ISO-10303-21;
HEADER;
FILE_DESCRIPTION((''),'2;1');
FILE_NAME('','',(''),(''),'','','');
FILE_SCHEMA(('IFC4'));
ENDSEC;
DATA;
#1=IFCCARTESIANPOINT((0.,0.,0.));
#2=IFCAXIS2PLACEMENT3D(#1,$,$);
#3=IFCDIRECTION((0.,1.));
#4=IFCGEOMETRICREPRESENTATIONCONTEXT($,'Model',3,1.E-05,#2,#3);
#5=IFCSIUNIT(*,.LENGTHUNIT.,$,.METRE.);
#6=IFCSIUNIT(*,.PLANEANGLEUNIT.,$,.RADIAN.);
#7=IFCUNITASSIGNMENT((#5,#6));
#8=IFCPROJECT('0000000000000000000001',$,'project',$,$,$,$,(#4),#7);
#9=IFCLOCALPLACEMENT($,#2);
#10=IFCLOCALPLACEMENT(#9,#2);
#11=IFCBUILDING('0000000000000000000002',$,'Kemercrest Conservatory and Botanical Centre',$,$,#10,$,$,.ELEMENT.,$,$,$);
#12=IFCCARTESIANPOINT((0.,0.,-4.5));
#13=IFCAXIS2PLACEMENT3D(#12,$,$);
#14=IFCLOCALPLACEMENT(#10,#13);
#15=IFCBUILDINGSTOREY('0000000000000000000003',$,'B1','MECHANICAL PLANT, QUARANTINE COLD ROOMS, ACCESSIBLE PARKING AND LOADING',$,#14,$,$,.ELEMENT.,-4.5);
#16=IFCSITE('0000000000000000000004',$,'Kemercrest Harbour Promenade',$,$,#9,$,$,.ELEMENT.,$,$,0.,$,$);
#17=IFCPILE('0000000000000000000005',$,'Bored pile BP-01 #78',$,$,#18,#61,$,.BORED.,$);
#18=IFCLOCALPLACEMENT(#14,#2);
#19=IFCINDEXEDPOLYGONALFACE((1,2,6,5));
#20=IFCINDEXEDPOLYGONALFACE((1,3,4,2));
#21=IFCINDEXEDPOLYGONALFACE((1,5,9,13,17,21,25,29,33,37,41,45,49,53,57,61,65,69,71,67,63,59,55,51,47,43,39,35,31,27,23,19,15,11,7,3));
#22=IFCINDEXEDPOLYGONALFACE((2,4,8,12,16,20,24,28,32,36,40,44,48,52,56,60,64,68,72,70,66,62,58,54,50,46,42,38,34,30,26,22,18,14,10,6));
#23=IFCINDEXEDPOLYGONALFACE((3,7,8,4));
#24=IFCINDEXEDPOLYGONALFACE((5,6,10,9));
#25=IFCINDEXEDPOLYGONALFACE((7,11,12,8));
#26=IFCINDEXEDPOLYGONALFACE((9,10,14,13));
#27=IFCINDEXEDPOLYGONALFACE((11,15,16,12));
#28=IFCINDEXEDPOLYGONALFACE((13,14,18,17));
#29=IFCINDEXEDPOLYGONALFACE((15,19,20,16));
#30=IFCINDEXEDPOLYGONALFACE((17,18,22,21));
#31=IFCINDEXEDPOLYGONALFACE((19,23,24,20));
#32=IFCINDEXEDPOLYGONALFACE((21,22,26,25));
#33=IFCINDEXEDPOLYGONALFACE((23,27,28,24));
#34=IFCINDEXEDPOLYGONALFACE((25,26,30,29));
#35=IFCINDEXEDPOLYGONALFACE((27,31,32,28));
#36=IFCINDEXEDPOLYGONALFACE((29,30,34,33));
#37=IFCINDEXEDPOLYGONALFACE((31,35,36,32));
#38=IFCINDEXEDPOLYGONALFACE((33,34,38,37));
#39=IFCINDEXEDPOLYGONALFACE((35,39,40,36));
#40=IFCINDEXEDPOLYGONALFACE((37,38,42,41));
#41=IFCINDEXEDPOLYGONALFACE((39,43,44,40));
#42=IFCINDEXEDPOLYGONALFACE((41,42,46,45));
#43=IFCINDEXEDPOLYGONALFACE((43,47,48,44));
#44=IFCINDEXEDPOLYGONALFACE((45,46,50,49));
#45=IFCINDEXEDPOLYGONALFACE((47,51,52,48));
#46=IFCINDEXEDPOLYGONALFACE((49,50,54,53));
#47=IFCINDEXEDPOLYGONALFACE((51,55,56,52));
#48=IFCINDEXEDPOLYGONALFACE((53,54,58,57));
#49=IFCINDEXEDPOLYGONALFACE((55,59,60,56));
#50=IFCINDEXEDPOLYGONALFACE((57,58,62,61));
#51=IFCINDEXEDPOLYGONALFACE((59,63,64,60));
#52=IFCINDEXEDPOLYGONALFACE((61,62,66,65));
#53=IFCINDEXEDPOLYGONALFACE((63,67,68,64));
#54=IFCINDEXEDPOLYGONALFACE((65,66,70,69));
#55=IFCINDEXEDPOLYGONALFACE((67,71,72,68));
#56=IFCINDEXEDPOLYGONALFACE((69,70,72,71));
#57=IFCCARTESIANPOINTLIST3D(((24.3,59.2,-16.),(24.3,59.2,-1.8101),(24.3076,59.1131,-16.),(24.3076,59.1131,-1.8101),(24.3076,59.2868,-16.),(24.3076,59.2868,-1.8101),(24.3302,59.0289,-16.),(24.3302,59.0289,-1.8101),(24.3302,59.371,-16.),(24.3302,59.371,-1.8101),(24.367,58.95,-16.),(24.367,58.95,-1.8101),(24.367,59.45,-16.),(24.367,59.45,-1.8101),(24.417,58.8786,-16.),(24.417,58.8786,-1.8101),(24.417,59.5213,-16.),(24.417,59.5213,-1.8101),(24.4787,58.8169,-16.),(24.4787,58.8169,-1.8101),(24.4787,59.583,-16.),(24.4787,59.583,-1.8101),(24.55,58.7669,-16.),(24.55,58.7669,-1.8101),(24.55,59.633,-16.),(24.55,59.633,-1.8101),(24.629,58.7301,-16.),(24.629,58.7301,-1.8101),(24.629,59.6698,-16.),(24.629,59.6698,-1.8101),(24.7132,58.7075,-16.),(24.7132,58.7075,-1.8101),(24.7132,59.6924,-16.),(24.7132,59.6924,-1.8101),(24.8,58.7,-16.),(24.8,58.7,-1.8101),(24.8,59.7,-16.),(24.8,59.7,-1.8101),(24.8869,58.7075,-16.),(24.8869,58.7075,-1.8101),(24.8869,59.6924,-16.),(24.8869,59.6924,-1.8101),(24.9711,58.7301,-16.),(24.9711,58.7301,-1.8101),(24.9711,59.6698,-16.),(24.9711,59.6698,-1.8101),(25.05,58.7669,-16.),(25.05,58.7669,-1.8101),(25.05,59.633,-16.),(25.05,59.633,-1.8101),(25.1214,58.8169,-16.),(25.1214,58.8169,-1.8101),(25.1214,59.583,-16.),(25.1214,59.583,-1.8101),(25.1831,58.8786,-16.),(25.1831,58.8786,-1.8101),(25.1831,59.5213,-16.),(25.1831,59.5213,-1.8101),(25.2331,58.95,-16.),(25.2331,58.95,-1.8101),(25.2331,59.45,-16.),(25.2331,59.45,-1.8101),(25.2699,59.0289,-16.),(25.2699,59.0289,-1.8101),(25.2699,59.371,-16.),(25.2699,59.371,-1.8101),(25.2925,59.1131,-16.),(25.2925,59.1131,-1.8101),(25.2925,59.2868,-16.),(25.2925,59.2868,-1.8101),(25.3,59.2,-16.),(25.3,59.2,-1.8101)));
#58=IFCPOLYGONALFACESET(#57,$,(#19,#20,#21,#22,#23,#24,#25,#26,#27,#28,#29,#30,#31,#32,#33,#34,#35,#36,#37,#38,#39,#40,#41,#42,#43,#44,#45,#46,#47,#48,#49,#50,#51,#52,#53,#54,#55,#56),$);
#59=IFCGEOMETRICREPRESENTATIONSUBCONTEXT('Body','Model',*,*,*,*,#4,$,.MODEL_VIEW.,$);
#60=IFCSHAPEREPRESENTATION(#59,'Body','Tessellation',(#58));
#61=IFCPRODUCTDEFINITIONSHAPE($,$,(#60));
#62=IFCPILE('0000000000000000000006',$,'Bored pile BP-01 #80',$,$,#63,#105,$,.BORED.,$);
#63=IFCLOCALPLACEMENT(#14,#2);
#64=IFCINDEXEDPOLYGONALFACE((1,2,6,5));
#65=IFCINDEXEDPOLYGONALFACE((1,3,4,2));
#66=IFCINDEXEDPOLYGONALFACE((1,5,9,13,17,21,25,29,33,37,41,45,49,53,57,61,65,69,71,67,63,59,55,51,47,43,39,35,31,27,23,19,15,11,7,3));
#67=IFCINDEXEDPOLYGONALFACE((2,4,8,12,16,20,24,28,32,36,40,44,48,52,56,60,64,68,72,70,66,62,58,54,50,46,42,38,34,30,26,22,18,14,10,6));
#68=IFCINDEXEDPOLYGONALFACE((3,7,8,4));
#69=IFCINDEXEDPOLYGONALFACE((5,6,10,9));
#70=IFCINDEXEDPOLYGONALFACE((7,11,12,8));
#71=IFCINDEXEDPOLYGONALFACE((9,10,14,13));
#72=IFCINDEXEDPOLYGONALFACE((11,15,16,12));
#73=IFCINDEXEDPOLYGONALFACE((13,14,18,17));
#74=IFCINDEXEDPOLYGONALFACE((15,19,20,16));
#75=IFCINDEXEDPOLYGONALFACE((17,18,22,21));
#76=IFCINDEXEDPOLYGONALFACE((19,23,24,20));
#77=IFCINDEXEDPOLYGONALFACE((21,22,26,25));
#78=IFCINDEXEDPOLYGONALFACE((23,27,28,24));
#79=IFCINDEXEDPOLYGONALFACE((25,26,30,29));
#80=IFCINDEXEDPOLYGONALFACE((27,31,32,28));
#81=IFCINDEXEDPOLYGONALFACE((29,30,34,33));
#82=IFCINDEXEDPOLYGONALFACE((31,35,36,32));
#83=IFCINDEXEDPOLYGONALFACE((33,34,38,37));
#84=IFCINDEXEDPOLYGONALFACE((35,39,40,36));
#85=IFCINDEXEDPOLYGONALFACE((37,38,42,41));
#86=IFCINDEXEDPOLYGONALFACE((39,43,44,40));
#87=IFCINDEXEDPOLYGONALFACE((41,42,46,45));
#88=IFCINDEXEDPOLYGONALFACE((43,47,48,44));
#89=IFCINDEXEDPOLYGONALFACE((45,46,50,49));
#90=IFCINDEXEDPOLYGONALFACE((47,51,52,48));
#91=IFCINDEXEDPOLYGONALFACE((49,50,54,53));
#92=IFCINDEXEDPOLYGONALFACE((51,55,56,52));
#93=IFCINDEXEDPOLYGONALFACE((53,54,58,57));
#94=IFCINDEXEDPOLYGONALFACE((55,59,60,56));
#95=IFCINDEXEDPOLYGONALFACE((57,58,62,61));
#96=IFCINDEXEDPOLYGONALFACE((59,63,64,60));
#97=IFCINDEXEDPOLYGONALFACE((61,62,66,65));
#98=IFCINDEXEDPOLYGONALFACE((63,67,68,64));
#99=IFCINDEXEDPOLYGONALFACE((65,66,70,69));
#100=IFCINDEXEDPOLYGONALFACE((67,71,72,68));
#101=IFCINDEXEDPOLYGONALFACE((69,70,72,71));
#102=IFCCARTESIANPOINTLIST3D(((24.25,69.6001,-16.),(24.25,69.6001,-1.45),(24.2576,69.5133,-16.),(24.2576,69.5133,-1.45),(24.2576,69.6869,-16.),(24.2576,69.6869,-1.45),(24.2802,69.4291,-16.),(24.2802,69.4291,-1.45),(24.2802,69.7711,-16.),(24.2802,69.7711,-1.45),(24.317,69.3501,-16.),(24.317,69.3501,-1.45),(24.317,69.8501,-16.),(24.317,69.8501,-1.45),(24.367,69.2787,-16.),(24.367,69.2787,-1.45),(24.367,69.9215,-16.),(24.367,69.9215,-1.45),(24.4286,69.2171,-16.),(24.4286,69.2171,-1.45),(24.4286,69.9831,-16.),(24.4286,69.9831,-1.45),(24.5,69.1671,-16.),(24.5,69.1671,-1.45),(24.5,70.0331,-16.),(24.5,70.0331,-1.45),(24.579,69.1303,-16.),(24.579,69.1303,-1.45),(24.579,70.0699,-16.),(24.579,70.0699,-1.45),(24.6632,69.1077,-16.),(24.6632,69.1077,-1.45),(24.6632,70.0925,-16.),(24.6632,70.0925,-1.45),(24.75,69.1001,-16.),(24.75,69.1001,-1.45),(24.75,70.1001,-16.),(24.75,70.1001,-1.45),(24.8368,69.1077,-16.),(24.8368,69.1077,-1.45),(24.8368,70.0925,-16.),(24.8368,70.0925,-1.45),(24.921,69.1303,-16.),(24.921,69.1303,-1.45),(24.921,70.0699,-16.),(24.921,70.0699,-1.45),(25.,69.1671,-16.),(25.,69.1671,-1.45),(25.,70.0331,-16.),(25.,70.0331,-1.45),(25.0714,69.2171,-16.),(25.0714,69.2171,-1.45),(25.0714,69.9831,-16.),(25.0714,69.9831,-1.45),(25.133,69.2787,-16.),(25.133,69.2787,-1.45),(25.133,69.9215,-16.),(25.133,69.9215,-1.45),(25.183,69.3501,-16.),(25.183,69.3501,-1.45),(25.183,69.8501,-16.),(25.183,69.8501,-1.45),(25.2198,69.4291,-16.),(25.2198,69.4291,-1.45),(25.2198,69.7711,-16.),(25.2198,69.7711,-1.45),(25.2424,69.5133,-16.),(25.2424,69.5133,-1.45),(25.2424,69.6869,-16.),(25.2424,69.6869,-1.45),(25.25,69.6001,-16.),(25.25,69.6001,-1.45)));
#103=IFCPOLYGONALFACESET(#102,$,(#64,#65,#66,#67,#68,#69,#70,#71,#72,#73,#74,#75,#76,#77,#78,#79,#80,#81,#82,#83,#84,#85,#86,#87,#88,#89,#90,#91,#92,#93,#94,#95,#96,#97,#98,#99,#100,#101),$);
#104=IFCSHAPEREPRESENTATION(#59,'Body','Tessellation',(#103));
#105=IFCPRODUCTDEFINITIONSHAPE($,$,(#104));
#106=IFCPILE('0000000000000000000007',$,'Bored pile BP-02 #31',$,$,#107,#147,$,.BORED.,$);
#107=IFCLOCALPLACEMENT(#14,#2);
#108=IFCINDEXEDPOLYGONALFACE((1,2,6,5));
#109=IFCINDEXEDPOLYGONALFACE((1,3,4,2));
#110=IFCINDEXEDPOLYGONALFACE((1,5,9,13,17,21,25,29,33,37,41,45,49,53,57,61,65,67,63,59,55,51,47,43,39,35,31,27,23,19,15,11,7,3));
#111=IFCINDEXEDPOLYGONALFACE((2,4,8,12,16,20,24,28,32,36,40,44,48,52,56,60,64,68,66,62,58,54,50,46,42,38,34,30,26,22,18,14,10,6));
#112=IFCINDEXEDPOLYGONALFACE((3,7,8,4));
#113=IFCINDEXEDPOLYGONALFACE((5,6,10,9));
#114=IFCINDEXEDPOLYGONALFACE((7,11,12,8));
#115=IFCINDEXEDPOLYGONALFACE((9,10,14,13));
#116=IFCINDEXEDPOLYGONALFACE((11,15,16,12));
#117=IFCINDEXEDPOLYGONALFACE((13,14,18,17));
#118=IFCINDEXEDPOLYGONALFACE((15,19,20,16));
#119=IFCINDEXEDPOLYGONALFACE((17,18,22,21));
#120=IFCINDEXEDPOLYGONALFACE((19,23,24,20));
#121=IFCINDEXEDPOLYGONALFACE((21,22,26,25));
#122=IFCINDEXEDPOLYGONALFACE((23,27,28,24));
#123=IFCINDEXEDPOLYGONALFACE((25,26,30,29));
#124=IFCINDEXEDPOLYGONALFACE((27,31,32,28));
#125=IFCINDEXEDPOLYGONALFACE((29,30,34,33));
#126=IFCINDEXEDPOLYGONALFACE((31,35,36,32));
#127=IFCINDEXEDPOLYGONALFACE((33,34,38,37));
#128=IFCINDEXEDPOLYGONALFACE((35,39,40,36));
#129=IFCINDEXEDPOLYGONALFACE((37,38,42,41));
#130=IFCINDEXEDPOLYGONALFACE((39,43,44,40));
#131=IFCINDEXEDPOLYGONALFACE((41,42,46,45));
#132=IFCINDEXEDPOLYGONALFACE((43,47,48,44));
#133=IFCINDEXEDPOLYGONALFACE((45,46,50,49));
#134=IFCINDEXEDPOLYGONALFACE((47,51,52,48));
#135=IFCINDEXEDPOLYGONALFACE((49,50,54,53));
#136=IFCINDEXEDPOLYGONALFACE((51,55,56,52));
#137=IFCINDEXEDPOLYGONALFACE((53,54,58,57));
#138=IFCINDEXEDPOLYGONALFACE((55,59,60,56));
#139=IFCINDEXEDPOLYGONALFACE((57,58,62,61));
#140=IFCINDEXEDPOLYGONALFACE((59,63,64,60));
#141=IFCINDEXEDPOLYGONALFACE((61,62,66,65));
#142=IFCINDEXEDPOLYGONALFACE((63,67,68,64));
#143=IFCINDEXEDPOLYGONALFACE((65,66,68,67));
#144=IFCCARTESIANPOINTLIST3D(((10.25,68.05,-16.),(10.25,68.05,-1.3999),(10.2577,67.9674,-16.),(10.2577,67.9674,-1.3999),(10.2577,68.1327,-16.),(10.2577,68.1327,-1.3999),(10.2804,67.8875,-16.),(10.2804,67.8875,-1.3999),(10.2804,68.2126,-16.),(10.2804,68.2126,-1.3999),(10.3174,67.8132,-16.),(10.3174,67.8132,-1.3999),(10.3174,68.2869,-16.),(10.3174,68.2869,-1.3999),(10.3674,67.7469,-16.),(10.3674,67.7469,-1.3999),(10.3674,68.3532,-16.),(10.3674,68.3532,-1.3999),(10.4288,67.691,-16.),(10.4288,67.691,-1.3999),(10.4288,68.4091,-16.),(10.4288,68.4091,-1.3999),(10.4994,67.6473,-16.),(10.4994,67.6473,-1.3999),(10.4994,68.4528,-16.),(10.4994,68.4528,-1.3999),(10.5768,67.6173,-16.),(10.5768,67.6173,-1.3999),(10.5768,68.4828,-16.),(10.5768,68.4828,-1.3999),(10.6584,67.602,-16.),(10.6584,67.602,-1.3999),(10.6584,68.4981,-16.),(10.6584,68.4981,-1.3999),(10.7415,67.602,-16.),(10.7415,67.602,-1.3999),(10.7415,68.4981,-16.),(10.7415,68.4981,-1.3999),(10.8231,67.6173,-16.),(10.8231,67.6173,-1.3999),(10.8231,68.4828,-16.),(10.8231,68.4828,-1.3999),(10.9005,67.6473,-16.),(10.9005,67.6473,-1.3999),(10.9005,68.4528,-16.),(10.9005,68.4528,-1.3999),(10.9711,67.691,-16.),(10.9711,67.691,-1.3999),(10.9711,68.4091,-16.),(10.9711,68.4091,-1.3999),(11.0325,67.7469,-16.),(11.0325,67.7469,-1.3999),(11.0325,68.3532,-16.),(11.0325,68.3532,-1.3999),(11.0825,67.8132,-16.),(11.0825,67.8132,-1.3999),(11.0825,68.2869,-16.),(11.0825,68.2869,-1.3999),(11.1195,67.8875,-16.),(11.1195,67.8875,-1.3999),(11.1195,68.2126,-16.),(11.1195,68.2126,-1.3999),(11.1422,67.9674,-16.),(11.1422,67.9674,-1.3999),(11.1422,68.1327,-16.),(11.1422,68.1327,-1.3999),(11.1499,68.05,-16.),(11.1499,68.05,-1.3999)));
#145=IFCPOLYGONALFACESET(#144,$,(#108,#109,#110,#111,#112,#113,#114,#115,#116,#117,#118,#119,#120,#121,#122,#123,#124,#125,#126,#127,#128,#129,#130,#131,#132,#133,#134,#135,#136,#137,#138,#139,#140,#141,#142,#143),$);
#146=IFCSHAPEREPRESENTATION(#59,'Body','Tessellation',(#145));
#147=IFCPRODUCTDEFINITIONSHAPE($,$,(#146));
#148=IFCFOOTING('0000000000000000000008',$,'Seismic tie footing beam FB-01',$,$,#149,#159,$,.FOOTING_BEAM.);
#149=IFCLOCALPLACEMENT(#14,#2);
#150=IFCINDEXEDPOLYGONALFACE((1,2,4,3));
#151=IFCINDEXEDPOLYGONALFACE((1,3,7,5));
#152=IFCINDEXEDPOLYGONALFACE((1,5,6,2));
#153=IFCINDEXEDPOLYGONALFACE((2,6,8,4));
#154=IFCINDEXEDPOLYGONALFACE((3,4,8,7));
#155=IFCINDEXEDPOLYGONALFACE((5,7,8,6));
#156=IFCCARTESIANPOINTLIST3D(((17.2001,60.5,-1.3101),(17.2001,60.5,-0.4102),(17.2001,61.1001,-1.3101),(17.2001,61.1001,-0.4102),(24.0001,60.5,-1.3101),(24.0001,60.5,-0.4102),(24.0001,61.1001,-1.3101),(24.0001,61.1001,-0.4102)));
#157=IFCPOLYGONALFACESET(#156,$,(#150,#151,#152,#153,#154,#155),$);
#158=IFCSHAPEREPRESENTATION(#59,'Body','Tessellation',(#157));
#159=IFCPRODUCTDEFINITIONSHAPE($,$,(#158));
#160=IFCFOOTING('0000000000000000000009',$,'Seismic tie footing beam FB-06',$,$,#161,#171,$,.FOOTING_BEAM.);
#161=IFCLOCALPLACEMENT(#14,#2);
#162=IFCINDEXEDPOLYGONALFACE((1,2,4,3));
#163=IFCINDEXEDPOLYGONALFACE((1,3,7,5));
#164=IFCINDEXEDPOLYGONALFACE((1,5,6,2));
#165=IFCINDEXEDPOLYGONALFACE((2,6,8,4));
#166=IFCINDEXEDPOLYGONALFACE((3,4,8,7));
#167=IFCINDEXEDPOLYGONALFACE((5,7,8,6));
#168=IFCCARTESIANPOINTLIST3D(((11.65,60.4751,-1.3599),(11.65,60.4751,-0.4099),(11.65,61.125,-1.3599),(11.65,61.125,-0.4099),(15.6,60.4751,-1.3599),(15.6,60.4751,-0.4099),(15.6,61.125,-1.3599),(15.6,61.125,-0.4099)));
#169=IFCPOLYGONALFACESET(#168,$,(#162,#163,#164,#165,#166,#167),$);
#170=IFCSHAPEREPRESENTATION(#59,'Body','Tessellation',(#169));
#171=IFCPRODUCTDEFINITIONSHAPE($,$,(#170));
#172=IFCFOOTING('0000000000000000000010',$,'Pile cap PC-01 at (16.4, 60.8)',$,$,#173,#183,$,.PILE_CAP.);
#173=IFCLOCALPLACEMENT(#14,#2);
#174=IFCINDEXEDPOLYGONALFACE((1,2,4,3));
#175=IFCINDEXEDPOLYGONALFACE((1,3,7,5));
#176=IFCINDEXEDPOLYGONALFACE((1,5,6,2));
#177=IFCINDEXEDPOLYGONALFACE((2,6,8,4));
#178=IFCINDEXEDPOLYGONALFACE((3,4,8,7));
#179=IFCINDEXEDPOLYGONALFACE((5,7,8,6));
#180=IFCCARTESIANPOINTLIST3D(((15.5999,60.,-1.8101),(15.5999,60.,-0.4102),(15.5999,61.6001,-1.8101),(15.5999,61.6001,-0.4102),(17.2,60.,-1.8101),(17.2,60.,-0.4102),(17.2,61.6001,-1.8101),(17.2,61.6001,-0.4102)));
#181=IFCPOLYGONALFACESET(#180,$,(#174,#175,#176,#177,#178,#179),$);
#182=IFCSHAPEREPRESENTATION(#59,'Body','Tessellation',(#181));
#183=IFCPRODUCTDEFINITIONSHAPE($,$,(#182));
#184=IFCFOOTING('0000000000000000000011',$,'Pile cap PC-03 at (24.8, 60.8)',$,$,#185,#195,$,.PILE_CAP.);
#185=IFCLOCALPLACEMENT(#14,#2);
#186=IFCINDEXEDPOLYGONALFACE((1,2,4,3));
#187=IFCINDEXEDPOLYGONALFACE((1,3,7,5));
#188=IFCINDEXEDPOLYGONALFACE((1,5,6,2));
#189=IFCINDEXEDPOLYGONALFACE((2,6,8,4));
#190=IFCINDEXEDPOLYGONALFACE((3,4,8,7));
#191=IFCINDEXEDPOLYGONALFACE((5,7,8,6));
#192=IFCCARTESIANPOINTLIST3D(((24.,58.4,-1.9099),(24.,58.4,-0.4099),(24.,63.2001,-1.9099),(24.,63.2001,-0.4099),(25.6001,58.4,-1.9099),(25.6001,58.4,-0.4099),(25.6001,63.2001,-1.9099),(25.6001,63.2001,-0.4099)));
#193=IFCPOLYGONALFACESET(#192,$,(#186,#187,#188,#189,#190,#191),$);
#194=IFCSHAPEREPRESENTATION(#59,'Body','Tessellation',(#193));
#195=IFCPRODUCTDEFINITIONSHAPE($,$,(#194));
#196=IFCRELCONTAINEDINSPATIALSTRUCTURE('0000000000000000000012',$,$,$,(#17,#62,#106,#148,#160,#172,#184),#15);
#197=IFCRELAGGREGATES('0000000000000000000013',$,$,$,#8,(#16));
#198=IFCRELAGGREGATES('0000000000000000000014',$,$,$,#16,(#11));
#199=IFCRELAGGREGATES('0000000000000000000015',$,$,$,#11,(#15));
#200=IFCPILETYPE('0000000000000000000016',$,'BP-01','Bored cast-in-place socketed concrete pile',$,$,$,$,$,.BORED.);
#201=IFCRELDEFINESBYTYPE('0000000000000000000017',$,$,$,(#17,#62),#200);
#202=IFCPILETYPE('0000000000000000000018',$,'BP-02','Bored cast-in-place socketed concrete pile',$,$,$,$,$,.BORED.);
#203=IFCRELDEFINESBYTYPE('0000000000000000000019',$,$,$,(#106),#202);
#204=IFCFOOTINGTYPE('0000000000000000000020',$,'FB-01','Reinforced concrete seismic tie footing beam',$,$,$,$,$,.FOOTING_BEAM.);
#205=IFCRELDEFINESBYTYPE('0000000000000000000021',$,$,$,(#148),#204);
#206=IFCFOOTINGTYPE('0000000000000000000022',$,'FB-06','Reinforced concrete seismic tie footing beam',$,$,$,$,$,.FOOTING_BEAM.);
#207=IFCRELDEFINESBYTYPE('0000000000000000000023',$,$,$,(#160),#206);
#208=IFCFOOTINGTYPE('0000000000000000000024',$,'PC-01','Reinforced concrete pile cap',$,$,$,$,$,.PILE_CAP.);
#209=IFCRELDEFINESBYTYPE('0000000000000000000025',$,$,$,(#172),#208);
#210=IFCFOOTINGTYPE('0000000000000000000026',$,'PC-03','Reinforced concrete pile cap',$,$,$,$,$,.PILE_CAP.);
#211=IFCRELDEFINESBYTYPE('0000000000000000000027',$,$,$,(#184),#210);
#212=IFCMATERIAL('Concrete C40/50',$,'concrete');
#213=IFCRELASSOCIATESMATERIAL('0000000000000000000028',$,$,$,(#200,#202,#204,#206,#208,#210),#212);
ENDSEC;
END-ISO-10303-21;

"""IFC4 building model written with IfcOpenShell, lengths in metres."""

from ifc_helpers import new_model, si_unit, direction, frame, origin, origin_2d, place, context, subcontext, project, spatial, rectangle, circle, extrude, material, material_profile, profile_set, type_object, element, save


model = new_model("IFC4")

# Units and contexts
model_context = context("Model", 3, precision=1e-05, world=origin(), true_north=direction((0.0, 1.0)))
body_context = subcontext(model_context, "Body", "Model", "MODEL_VIEW")
ifc_project = project(units=[si_unit("LENGTHUNIT", "METRE"), si_unit("PLANEANGLEUNIT", "RADIAN")], contexts=[model_context])

# Site, building, storey
site_placement = place(None, origin())
site = spatial("IfcSite", under=ifc_project, at=site_placement, Name="Kemercrest Harbour Promenade", CompositionType="ELEMENT", RefElevation=0.0)
building_placement = place(site_placement, origin())
building = spatial("IfcBuilding", under=site, at=building_placement, Name="Kemercrest Conservatory and Botanical Centre", CompositionType="ELEMENT")
storey_placement = place(building_placement, frame((0.0, 0.0, -4.5)))
storey = spatial("IfcBuildingStorey", under=building, at=storey_placement, Name="B1", Description="MECHANICAL PLANT, QUARANTINE COLD ROOMS, ACCESSIBLE PARKING AND LOADING", CompositionType="ELEMENT", Elevation=-4.5)

# Piles
ifc_material_1 = material(Name="Concrete C40/50", Category="concrete")
ifc_material_profile_1 = material_profile(ifc_material_1, circle(Radius=0.5, at=origin_2d()), Name="BORED PILE 1000")
ifc_profile_set_1 = profile_set([ifc_material_profile_1], Name="Concrete C40/50")
pile_type_1 = type_object("IfcPileType", Name="BP-01", Description="Bored cast-in-place socketed concrete pile", PredefinedType="BORED", material=ifc_profile_set_1)
pile_1_placement = place(storey_placement, frame((24.8, 59.2, -1.8101), z_axis=(0.0, 0.0, -1.0), x_axis=(1.0, 0.0, 0.0)))
element("IfcPile", 1, at=pile_1_placement, inside=storey, type_object=pile_type_1, Name="Bored pile BP-01 #78", PredefinedType="BORED", context=body_context, shape_type="SweptSolid", body=[
    extrude(circle(Radius=0.5, at=origin_2d()), origin(), (0.0, 0.0, 1.0), 14.1899),
])
pile_2_placement = place(storey_placement, frame((24.75, 69.6001, -1.45), z_axis=(0.0, 0.0, -1.0), x_axis=(1.0, 0.0, 0.0)))
element("IfcPile", 2, at=pile_2_placement, inside=storey, type_object=pile_type_1, Name="Bored pile BP-01 #80", PredefinedType="BORED", context=body_context, shape_type="SweptSolid", body=[
    extrude(circle(Radius=0.5, at=origin_2d()), origin(), (0.0, 0.0, 1.0), 14.55),
])
ifc_material_profile_2 = material_profile(ifc_material_1, circle(Radius=0.45, at=origin_2d()), Name="BORED PILE 900")
ifc_profile_set_2 = profile_set([ifc_material_profile_2], Name="Concrete C40/50")
pile_type_2 = type_object("IfcPileType", Name="BP-02", Description="Bored cast-in-place socketed concrete pile", PredefinedType="BORED", material=ifc_profile_set_2)
pile_3_placement = place(storey_placement, frame((10.7, 68.05, -1.3999), z_axis=(0.0, 0.0, -1.0), x_axis=(1.0, 0.0, 0.0)))
element("IfcPile", 3, at=pile_3_placement, inside=storey, type_object=pile_type_2, Name="Bored pile BP-02 #31", PredefinedType="BORED", context=body_context, shape_type="SweptSolid", body=[
    extrude(circle(Radius=0.45, at=origin_2d()), origin(), (0.0, 0.0, 1.0), 14.6001),
])

# Footings
footing_type_1 = type_object("IfcFootingType", Name="FB-01", Description="Reinforced concrete seismic tie footing beam", PredefinedType="FOOTING_BEAM", material=ifc_material_1)
footing_1_placement = place(storey_placement, frame((20.6001, 60.8, -1.3101), z_axis=(0.0, 0.0, 1.0), x_axis=(1.0, 0.0, 0.0)))
element("IfcFooting", 4, at=footing_1_placement, inside=storey, type_object=footing_type_1, Name="Seismic tie footing beam FB-01", PredefinedType="FOOTING_BEAM", context=body_context, shape_type="SweptSolid", body=[
    extrude(rectangle(XDim=6.8, YDim=0.6001, at=origin_2d()), origin(), (0.0, 0.0, 1.0), 0.8999),
])
footing_type_2 = type_object("IfcFootingType", Name="FB-06", Description="Reinforced concrete seismic tie footing beam", PredefinedType="FOOTING_BEAM", material=ifc_material_1)
footing_2_placement = place(storey_placement, frame((13.625, 60.8, -1.3599), z_axis=(0.0, 0.0, 1.0), x_axis=(1.0, 0.0, 0.0)))
element("IfcFooting", 5, at=footing_2_placement, inside=storey, type_object=footing_type_2, Name="Seismic tie footing beam FB-06", PredefinedType="FOOTING_BEAM", context=body_context, shape_type="SweptSolid", body=[
    extrude(rectangle(XDim=3.95, YDim=0.6499, at=origin_2d()), origin(), (0.0, 0.0, 1.0), 0.95),
])
footing_type_3 = type_object("IfcFootingType", Name="PC-01", Description="Reinforced concrete pile cap", PredefinedType="PILE_CAP", material=ifc_material_1)
footing_3_placement = place(storey_placement, frame((16.3999, 60.8, -1.8101), z_axis=(0.0, 0.0, 1.0), x_axis=(1.0, 0.0, 0.0)))
element("IfcFooting", 6, at=footing_3_placement, inside=storey, type_object=footing_type_3, Name="Pile cap PC-01 at (16.4, 60.8)", PredefinedType="PILE_CAP", context=body_context, shape_type="SweptSolid", body=[
    extrude(rectangle(XDim=1.6001, YDim=1.6001, at=origin_2d()), origin(), (0.0, 0.0, 1.0), 1.3999),
])
footing_type_4 = type_object("IfcFootingType", Name="PC-03", Description="Reinforced concrete pile cap", PredefinedType="PILE_CAP", material=ifc_material_1)
footing_4_placement = place(storey_placement, frame((24.8, 60.8, -1.9099), z_axis=(0.0, 0.0, 1.0), x_axis=(1.0, 0.0, 0.0)))
element("IfcFooting", 7, at=footing_4_placement, inside=storey, type_object=footing_type_4, Name="Pile cap PC-03 at (24.8, 60.8)", PredefinedType="PILE_CAP", context=body_context, shape_type="SweptSolid", body=[
    extrude(rectangle(XDim=1.6001, YDim=4.8, at=origin_2d()), origin(), (0.0, 0.0, 1.0), 1.5),
])

save(model, "model.ifc")
